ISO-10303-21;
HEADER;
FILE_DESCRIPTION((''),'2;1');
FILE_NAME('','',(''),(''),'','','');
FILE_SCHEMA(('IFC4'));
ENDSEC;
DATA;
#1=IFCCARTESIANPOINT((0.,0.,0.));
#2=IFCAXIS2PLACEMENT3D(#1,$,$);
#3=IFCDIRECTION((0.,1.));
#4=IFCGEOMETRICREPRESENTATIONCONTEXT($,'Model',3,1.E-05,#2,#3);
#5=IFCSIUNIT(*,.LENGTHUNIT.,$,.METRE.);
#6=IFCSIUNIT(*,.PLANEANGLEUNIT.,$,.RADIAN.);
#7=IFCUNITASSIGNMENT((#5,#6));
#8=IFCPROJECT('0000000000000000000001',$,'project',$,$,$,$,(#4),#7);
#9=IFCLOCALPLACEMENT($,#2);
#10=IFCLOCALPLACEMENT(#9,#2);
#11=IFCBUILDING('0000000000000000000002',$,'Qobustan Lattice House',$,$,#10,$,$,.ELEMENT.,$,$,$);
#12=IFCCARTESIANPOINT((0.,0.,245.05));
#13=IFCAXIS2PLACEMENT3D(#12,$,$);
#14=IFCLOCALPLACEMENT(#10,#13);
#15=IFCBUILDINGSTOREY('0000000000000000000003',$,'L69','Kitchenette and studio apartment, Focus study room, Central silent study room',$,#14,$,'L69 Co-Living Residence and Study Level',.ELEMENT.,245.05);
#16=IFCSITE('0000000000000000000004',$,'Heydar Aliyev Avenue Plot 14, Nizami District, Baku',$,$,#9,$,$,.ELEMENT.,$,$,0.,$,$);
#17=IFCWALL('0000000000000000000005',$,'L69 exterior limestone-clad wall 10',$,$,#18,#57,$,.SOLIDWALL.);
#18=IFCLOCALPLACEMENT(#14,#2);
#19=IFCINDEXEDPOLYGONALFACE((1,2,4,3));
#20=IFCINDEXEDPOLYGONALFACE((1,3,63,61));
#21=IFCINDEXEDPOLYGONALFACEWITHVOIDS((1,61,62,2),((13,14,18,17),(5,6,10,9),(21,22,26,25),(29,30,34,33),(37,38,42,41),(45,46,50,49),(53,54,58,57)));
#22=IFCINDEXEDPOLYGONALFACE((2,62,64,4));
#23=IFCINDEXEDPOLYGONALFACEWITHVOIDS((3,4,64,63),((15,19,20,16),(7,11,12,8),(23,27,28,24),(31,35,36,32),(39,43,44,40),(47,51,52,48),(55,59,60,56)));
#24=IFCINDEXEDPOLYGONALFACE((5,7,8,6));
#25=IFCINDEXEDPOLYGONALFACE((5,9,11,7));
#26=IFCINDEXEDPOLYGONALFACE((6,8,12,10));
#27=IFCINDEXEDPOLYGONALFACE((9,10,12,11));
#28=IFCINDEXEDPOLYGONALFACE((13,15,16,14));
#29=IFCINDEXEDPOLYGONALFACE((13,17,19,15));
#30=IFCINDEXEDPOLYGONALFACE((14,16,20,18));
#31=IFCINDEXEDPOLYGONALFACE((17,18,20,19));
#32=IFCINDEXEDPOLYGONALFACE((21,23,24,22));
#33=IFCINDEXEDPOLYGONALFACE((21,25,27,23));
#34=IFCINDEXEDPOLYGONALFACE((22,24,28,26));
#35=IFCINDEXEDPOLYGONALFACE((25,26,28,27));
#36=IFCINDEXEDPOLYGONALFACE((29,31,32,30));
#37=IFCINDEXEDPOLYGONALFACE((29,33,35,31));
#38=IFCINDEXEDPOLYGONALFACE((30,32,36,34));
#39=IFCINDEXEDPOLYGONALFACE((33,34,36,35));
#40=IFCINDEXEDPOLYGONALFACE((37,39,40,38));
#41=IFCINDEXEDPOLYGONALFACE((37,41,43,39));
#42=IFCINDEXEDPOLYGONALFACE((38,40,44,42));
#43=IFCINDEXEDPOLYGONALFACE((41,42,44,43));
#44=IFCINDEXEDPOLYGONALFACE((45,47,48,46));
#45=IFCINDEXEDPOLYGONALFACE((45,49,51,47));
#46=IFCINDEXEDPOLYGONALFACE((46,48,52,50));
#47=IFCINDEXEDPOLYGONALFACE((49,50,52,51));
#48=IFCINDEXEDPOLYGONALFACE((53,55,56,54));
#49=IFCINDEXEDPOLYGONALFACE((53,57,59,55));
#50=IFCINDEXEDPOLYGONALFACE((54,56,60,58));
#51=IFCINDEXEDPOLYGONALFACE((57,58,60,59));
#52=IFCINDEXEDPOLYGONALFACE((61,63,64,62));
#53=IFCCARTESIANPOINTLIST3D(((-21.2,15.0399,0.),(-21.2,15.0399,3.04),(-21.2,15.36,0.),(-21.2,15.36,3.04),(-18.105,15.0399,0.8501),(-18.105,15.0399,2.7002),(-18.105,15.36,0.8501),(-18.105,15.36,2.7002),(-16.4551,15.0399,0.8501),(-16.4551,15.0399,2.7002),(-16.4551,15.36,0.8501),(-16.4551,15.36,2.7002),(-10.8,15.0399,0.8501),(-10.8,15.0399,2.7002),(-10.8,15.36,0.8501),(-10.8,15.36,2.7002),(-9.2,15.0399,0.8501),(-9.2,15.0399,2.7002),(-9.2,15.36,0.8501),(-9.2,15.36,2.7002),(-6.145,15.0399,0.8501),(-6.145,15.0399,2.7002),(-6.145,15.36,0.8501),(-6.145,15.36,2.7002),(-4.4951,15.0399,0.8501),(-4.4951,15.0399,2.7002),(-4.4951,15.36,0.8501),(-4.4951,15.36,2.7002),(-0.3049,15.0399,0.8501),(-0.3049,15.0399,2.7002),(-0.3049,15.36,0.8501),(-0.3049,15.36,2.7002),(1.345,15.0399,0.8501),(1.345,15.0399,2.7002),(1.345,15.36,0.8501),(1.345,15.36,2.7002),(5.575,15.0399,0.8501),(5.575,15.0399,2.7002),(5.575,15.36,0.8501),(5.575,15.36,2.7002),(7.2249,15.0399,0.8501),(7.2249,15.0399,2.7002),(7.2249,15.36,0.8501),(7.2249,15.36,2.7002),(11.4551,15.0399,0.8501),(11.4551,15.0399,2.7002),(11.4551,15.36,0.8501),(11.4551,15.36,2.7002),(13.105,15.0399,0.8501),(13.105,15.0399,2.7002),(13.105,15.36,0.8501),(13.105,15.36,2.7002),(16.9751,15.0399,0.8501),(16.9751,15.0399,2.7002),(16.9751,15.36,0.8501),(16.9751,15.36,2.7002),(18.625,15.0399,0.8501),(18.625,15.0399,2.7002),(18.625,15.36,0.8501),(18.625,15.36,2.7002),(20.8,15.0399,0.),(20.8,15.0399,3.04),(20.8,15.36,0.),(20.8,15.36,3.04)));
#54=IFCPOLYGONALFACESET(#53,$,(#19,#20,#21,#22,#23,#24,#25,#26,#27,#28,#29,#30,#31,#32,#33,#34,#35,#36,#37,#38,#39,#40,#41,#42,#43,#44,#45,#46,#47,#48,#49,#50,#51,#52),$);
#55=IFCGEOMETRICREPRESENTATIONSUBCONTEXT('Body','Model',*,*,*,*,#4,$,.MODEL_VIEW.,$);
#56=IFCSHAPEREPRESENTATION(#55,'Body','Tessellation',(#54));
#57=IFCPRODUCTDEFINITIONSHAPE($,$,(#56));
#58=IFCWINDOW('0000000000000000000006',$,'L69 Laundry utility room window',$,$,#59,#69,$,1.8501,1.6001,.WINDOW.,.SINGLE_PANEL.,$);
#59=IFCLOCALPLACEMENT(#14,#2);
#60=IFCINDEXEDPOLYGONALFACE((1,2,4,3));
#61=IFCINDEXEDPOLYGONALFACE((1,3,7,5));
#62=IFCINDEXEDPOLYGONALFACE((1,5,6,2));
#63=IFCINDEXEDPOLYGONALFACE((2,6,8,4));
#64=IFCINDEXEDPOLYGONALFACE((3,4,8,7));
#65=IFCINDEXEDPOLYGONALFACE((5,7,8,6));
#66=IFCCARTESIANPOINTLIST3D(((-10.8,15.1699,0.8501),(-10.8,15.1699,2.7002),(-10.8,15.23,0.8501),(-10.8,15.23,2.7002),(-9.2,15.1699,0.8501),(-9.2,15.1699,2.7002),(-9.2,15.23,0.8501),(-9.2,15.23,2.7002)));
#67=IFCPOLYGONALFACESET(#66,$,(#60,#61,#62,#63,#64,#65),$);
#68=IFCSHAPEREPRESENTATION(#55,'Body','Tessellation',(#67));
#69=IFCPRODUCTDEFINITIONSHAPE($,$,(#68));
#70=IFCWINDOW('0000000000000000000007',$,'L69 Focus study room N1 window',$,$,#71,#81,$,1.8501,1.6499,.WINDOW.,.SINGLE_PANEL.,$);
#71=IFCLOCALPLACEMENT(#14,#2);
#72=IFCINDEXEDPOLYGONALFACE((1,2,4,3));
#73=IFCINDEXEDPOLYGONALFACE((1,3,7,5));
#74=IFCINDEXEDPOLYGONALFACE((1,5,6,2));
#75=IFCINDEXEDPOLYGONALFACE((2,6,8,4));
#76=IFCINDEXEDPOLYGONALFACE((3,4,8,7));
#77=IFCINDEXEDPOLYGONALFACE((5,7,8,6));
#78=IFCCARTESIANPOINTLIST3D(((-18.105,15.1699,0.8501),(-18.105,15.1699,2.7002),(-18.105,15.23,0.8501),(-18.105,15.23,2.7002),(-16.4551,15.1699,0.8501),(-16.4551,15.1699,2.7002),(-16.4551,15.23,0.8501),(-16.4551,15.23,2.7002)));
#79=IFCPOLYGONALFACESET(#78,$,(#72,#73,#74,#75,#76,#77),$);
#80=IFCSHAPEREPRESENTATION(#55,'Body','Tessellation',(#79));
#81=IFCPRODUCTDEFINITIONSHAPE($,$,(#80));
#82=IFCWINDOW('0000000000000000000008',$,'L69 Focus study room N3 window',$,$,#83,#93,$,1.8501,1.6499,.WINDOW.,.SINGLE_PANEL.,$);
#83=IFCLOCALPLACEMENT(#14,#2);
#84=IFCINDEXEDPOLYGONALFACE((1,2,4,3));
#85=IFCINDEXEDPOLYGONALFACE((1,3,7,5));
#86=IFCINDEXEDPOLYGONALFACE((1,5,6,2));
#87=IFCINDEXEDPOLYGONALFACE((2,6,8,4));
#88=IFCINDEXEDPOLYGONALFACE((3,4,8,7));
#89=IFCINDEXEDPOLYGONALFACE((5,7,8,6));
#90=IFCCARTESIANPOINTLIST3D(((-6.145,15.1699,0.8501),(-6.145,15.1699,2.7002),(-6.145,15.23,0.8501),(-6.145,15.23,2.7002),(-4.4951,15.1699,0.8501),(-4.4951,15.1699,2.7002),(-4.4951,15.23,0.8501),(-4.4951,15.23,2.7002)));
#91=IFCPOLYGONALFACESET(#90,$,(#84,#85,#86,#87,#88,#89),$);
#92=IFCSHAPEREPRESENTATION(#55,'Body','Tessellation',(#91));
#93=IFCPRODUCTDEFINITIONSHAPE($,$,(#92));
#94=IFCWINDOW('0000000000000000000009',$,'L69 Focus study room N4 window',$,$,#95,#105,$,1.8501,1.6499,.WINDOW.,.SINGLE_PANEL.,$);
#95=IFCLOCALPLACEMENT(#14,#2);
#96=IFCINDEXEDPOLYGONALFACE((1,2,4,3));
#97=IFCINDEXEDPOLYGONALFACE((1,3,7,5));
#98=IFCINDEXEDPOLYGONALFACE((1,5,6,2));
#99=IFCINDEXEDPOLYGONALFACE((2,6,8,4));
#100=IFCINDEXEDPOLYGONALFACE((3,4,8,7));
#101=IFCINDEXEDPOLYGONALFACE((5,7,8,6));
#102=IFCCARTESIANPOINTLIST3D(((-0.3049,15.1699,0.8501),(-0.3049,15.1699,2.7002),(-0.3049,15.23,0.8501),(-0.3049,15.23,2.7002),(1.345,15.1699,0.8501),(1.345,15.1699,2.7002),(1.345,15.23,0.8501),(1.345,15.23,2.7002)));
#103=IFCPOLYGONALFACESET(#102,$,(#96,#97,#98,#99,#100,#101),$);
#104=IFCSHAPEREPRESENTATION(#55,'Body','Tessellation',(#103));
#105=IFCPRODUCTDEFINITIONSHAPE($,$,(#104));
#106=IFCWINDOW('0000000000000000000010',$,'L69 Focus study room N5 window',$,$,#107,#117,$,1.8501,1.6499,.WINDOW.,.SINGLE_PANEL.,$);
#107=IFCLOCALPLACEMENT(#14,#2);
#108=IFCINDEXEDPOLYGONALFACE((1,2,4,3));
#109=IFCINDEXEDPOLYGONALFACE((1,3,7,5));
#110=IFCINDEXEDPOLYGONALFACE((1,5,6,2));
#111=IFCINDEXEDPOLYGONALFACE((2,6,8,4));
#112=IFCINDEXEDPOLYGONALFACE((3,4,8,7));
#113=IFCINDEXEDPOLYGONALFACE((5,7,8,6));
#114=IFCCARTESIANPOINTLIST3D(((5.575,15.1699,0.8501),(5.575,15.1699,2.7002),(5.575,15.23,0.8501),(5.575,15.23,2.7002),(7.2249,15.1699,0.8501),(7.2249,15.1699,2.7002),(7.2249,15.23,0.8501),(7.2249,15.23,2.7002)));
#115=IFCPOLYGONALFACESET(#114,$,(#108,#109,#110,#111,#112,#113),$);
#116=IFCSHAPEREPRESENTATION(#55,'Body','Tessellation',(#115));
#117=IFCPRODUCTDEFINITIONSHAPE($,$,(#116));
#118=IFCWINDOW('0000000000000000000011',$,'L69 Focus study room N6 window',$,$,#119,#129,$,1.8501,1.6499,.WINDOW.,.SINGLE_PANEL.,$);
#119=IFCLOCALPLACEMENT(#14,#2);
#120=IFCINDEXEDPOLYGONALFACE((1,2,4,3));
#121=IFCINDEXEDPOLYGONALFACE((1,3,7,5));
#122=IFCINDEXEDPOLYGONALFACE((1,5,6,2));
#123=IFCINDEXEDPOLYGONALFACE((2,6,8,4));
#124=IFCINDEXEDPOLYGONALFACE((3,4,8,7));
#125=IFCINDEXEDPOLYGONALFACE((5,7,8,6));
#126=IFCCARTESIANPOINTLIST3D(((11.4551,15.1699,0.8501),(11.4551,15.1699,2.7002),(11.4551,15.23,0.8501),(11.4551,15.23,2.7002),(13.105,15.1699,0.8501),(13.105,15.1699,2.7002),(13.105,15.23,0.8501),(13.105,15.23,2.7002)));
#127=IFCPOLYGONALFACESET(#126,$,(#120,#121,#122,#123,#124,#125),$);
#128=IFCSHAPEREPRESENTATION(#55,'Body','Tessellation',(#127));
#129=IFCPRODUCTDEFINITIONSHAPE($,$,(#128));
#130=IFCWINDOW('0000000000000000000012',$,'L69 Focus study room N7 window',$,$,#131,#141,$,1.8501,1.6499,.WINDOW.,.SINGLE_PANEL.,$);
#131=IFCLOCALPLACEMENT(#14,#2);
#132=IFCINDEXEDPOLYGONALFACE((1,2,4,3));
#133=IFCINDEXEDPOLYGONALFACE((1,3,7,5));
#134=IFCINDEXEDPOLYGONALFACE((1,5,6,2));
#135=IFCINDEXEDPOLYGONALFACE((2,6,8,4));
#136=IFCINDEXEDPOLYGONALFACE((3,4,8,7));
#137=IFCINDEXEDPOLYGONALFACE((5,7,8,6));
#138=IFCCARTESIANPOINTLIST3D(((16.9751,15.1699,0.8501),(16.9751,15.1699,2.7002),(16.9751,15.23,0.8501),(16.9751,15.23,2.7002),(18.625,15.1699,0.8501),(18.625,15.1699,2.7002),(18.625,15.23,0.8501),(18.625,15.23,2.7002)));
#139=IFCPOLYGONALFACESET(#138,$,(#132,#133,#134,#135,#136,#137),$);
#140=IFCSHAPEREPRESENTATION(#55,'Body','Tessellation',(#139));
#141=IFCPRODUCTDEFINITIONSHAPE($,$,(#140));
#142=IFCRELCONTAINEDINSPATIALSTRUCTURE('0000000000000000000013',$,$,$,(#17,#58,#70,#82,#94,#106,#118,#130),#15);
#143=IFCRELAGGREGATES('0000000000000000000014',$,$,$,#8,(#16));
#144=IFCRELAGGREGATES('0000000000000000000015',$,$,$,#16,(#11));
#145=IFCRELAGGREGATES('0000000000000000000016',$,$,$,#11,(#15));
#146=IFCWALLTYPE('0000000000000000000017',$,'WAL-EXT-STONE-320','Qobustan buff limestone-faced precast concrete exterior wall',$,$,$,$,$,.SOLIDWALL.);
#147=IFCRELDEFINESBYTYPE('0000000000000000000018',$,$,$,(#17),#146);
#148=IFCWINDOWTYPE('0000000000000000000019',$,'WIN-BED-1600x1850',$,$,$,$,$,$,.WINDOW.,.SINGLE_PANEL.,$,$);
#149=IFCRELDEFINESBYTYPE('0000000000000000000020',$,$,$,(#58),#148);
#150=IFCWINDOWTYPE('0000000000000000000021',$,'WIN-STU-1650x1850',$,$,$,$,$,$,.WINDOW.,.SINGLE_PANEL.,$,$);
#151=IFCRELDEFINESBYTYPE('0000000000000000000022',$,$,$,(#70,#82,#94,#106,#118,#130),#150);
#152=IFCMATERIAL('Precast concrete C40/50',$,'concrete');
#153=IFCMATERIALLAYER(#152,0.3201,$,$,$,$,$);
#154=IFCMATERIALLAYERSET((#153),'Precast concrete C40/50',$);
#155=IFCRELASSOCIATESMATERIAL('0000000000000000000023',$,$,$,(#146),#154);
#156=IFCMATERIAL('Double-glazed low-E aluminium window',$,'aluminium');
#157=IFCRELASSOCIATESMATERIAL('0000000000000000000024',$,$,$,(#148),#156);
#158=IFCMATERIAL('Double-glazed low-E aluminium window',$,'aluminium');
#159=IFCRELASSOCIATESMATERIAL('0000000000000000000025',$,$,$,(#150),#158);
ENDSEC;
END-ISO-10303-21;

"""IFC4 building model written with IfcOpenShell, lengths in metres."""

from ifc_helpers import new_model, si_unit, direction, frame, frame_2d, origin, place, context, subcontext, project, spatial, rectangle, extrude, material, layer, layer_set, type_object, element, fill, save


model = new_model("IFC4")

# Units and contexts
model_context = context("Model", 3, precision=1e-05, world=origin(), true_north=direction((0.0, 1.0)))
body_context = subcontext(model_context, "Body", "Model", "MODEL_VIEW")
ifc_project = project(units=[si_unit("LENGTHUNIT", "METRE"), si_unit("PLANEANGLEUNIT", "RADIAN")], contexts=[model_context])

# Site, building, storey
site_placement = place(None, origin())
site = spatial("IfcSite", under=ifc_project, at=site_placement, Name="Heydar Aliyev Avenue Plot 14, Nizami District, Baku", CompositionType="ELEMENT", RefElevation=0.0)
building_placement = place(site_placement, origin())
building = spatial("IfcBuilding", under=site, at=building_placement, Name="Qobustan Lattice House", CompositionType="ELEMENT")
storey_placement = place(building_placement, frame((0.0, 0.0, 245.05)))
storey = spatial("IfcBuildingStorey", under=building, at=storey_placement, Name="L69", Description="Kitchenette and studio apartment, Focus study room, Central silent study room", LongName="L69 Co-Living Residence and Study Level", CompositionType="ELEMENT", Elevation=245.05)

# Shared definitions
ifc_material_1 = material(Name="Precast concrete C40/50", Category="concrete")
ifc_layer_1 = layer(ifc_material_1, 0.3201)
ifc_layer_set_1 = layer_set([ifc_layer_1], Name="Precast concrete C40/50")
wall_type_1 = type_object("IfcWallType", Name="WAL-EXT-STONE-320", Description="Qobustan buff limestone-faced precast concrete exterior wall", PredefinedType="SOLIDWALL", material=ifc_layer_set_1)

# Wall, openings, windows
wall_1_placement = place(storey_placement, frame((-21.2, 15.2, 0.0), z_axis=(0.0, 0.0, 1.0), x_axis=(1.0, 0.0, 0.0)))
wall_1 = element("IfcWall", 1, at=wall_1_placement, inside=storey, type_object=wall_type_1, Name="L69 exterior limestone-clad wall 10", PredefinedType="SOLIDWALL", context=body_context, shape_type="SweptSolid", body=[
    extrude(rectangle(XDim=42.0, YDim=0.3201, at=frame_2d((21.0, 0.0))), origin(), (0.0, 0.0, 1.0), 3.04),
])
opening_1_placement = place(wall_1_placement, frame((3.095, 0.0, 0.8501)))
opening_1 = element("IfcOpeningElement", 2, at=opening_1_placement, cuts=wall_1, PredefinedType="OPENING", context=body_context, shape_type="SweptSolid", body=[
    extrude(rectangle(XDim=1.6499, YDim=1.8501, at=frame_2d((0.825, 0.925))), frame((0.0, 0.1699, 0.0), z_axis=(0.0, -1.0, 0.0), x_axis=(1.0, 0.0, 0.0)), (0.0, 0.0, 1.0), 0.3401),
])
opening_2_placement = place(wall_1_placement, frame((10.3999, 0.0, 0.8501)))
opening_2 = element("IfcOpeningElement", 3, at=opening_2_placement, cuts=wall_1, PredefinedType="OPENING", context=body_context, shape_type="SweptSolid", body=[
    extrude(rectangle(XDim=1.6001, YDim=1.8501, at=frame_2d((0.8, 0.925))), frame((0.0, 0.1699, 0.0), z_axis=(0.0, -1.0, 0.0), x_axis=(1.0, 0.0, 0.0)), (0.0, 0.0, 1.0), 0.3401),
])
opening_3_placement = place(wall_1_placement, frame((15.0549, 0.0, 0.8501)))
opening_3 = element("IfcOpeningElement", 4, at=opening_3_placement, cuts=wall_1, PredefinedType="OPENING", context=body_context, shape_type="SweptSolid", body=[
    extrude(rectangle(XDim=1.6499, YDim=1.8501, at=frame_2d((0.825, 0.925))), frame((0.0, 0.1699, 0.0), z_axis=(0.0, -1.0, 0.0), x_axis=(1.0, 0.0, 0.0)), (0.0, 0.0, 1.0), 0.3401),
])
opening_4_placement = place(wall_1_placement, frame((20.895, 0.0, 0.8501)))
opening_4 = element("IfcOpeningElement", 5, at=opening_4_placement, cuts=wall_1, PredefinedType="OPENING", context=body_context, shape_type="SweptSolid", body=[
    extrude(rectangle(XDim=1.6499, YDim=1.8501, at=frame_2d((0.825, 0.925))), frame((0.0, 0.1699, 0.0), z_axis=(0.0, -1.0, 0.0), x_axis=(1.0, 0.0, 0.0)), (0.0, 0.0, 1.0), 0.3401),
])
opening_5_placement = place(wall_1_placement, frame((26.7749, 0.0, 0.8501)))
opening_5 = element("IfcOpeningElement", 6, at=opening_5_placement, cuts=wall_1, PredefinedType="OPENING", context=body_context, shape_type="SweptSolid", body=[
    extrude(rectangle(XDim=1.6499, YDim=1.8501, at=frame_2d((0.825, 0.925))), frame((0.0, 0.1699, 0.0), z_axis=(0.0, -1.0, 0.0), x_axis=(1.0, 0.0, 0.0)), (0.0, 0.0, 1.0), 0.3401),
])
opening_6_placement = place(wall_1_placement, frame((32.655, 0.0, 0.8501)))
opening_6 = element("IfcOpeningElement", 7, at=opening_6_placement, cuts=wall_1, PredefinedType="OPENING", context=body_context, shape_type="SweptSolid", body=[
    extrude(rectangle(XDim=1.6499, YDim=1.8501, at=frame_2d((0.825, 0.925))), frame((0.0, 0.1699, 0.0), z_axis=(0.0, -1.0, 0.0), x_axis=(1.0, 0.0, 0.0)), (0.0, 0.0, 1.0), 0.3401),
])
opening_7_placement = place(wall_1_placement, frame((38.175, 0.0, 0.8501)))
opening_7 = element("IfcOpeningElement", 8, at=opening_7_placement, cuts=wall_1, PredefinedType="OPENING", context=body_context, shape_type="SweptSolid", body=[
    extrude(rectangle(XDim=1.6499, YDim=1.8501, at=frame_2d((0.825, 0.925))), frame((0.0, 0.1699, 0.0), z_axis=(0.0, -1.0, 0.0), x_axis=(1.0, 0.0, 0.0)), (0.0, 0.0, 1.0), 0.3401),
])
ifc_material_2 = material(Name="Double-glazed low-E aluminium window", Category="aluminium")
window_type_1 = type_object("IfcWindowType", Name="WIN-BED-1600x1850", PartitioningType="SINGLE_PANEL", PredefinedType="WINDOW", material=ifc_material_2)
window_1_placement = place(opening_2_placement, origin())
window_1 = element("IfcWindow", 9, at=window_1_placement, inside=storey, type_object=window_type_1, Name="L69 Laundry utility room window", OverallHeight=1.8501, OverallWidth=1.6001, PartitioningType="SINGLE_PANEL", PredefinedType="WINDOW", context=body_context, shape_type="SweptSolid", body=[
    extrude(rectangle(XDim=1.6001, YDim=1.8501, at=frame_2d((0.8, 0.925))), frame((0.0, 0.03, 0.0), z_axis=(0.0, -1.0, 0.0), x_axis=(1.0, 0.0, 0.0)), (0.0, 0.0, 1.0), 0.0601),
])
fill(opening_2, window_1)
ifc_material_3 = material(Name="Double-glazed low-E aluminium window", Category="aluminium")
window_type_2 = type_object("IfcWindowType", Name="WIN-STU-1650x1850", PartitioningType="SINGLE_PANEL", PredefinedType="WINDOW", material=ifc_material_3)
window_2_placement = place(opening_1_placement, origin())
window_2 = element("IfcWindow", 10, at=window_2_placement, inside=storey, type_object=window_type_2, Name="L69 Focus study room N1 window", OverallHeight=1.8501, OverallWidth=1.6499, PartitioningType="SINGLE_PANEL", PredefinedType="WINDOW", context=body_context, shape_type="SweptSolid", body=[
    extrude(rectangle(XDim=1.6499, YDim=1.8501, at=frame_2d((0.825, 0.925))), frame((0.0, 0.03, 0.0), z_axis=(0.0, -1.0, 0.0), x_axis=(1.0, 0.0, 0.0)), (0.0, 0.0, 1.0), 0.0601),
])
fill(opening_1, window_2)
window_3_placement = place(opening_3_placement, origin())
window_3 = element("IfcWindow", 11, at=window_3_placement, inside=storey, type_object=window_type_2, Name="L69 Focus study room N3 window", OverallHeight=1.8501, OverallWidth=1.6499, PartitioningType="SINGLE_PANEL", PredefinedType="WINDOW", context=body_context, shape_type="SweptSolid", body=[
    extrude(rectangle(XDim=1.6499, YDim=1.8501, at=frame_2d((0.825, 0.925))), frame((0.0, 0.03, 0.0), z_axis=(0.0, -1.0, 0.0), x_axis=(1.0, 0.0, 0.0)), (0.0, 0.0, 1.0), 0.0601),
])
fill(opening_3, window_3)
window_4_placement = place(opening_4_placement, origin())
window_4 = element("IfcWindow", 12, at=window_4_placement, inside=storey, type_object=window_type_2, Name="L69 Focus study room N4 window", OverallHeight=1.8501, OverallWidth=1.6499, PartitioningType="SINGLE_PANEL", PredefinedType="WINDOW", context=body_context, shape_type="SweptSolid", body=[
    extrude(rectangle(XDim=1.6499, YDim=1.8501, at=frame_2d((0.825, 0.925))), frame((0.0, 0.03, 0.0), z_axis=(0.0, -1.0, 0.0), x_axis=(1.0, 0.0, 0.0)), (0.0, 0.0, 1.0), 0.0601),
])
fill(opening_4, window_4)
window_5_placement = place(opening_5_placement, origin())
window_5 = element("IfcWindow", 13, at=window_5_placement, inside=storey, type_object=window_type_2, Name="L69 Focus study room N5 window", OverallHeight=1.8501, OverallWidth=1.6499, PartitioningType="SINGLE_PANEL", PredefinedType="WINDOW", context=body_context, shape_type="SweptSolid", body=[
    extrude(rectangle(XDim=1.6499, YDim=1.8501, at=frame_2d((0.825, 0.925))), frame((0.0, 0.03, 0.0), z_axis=(0.0, -1.0, 0.0), x_axis=(1.0, 0.0, 0.0)), (0.0, 0.0, 1.0), 0.0601),
])
fill(opening_5, window_5)
window_6_placement = place(opening_6_placement, origin())
window_6 = element("IfcWindow", 14, at=window_6_placement, inside=storey, type_object=window_type_2, Name="L69 Focus study room N6 window", OverallHeight=1.8501, OverallWidth=1.6499, PartitioningType="SINGLE_PANEL", PredefinedType="WINDOW", context=body_context, shape_type="SweptSolid", body=[
    extrude(rectangle(XDim=1.6499, YDim=1.8501, at=frame_2d((0.825, 0.925))), frame((0.0, 0.03, 0.0), z_axis=(0.0, -1.0, 0.0), x_axis=(1.0, 0.0, 0.0)), (0.0, 0.0, 1.0), 0.0601),
])
fill(opening_6, window_6)
window_7_placement = place(opening_7_placement, origin())
window_7 = element("IfcWindow", 15, at=window_7_placement, inside=storey, type_object=window_type_2, Name="L69 Focus study room N7 window", OverallHeight=1.8501, OverallWidth=1.6499, PartitioningType="SINGLE_PANEL", PredefinedType="WINDOW", context=body_context, shape_type="SweptSolid", body=[
    extrude(rectangle(XDim=1.6499, YDim=1.8501, at=frame_2d((0.825, 0.925))), frame((0.0, 0.03, 0.0), z_axis=(0.0, -1.0, 0.0), x_axis=(1.0, 0.0, 0.0)), (0.0, 0.0, 1.0), 0.0601),
])
fill(opening_7, window_7)

save(model, "model.ifc")
